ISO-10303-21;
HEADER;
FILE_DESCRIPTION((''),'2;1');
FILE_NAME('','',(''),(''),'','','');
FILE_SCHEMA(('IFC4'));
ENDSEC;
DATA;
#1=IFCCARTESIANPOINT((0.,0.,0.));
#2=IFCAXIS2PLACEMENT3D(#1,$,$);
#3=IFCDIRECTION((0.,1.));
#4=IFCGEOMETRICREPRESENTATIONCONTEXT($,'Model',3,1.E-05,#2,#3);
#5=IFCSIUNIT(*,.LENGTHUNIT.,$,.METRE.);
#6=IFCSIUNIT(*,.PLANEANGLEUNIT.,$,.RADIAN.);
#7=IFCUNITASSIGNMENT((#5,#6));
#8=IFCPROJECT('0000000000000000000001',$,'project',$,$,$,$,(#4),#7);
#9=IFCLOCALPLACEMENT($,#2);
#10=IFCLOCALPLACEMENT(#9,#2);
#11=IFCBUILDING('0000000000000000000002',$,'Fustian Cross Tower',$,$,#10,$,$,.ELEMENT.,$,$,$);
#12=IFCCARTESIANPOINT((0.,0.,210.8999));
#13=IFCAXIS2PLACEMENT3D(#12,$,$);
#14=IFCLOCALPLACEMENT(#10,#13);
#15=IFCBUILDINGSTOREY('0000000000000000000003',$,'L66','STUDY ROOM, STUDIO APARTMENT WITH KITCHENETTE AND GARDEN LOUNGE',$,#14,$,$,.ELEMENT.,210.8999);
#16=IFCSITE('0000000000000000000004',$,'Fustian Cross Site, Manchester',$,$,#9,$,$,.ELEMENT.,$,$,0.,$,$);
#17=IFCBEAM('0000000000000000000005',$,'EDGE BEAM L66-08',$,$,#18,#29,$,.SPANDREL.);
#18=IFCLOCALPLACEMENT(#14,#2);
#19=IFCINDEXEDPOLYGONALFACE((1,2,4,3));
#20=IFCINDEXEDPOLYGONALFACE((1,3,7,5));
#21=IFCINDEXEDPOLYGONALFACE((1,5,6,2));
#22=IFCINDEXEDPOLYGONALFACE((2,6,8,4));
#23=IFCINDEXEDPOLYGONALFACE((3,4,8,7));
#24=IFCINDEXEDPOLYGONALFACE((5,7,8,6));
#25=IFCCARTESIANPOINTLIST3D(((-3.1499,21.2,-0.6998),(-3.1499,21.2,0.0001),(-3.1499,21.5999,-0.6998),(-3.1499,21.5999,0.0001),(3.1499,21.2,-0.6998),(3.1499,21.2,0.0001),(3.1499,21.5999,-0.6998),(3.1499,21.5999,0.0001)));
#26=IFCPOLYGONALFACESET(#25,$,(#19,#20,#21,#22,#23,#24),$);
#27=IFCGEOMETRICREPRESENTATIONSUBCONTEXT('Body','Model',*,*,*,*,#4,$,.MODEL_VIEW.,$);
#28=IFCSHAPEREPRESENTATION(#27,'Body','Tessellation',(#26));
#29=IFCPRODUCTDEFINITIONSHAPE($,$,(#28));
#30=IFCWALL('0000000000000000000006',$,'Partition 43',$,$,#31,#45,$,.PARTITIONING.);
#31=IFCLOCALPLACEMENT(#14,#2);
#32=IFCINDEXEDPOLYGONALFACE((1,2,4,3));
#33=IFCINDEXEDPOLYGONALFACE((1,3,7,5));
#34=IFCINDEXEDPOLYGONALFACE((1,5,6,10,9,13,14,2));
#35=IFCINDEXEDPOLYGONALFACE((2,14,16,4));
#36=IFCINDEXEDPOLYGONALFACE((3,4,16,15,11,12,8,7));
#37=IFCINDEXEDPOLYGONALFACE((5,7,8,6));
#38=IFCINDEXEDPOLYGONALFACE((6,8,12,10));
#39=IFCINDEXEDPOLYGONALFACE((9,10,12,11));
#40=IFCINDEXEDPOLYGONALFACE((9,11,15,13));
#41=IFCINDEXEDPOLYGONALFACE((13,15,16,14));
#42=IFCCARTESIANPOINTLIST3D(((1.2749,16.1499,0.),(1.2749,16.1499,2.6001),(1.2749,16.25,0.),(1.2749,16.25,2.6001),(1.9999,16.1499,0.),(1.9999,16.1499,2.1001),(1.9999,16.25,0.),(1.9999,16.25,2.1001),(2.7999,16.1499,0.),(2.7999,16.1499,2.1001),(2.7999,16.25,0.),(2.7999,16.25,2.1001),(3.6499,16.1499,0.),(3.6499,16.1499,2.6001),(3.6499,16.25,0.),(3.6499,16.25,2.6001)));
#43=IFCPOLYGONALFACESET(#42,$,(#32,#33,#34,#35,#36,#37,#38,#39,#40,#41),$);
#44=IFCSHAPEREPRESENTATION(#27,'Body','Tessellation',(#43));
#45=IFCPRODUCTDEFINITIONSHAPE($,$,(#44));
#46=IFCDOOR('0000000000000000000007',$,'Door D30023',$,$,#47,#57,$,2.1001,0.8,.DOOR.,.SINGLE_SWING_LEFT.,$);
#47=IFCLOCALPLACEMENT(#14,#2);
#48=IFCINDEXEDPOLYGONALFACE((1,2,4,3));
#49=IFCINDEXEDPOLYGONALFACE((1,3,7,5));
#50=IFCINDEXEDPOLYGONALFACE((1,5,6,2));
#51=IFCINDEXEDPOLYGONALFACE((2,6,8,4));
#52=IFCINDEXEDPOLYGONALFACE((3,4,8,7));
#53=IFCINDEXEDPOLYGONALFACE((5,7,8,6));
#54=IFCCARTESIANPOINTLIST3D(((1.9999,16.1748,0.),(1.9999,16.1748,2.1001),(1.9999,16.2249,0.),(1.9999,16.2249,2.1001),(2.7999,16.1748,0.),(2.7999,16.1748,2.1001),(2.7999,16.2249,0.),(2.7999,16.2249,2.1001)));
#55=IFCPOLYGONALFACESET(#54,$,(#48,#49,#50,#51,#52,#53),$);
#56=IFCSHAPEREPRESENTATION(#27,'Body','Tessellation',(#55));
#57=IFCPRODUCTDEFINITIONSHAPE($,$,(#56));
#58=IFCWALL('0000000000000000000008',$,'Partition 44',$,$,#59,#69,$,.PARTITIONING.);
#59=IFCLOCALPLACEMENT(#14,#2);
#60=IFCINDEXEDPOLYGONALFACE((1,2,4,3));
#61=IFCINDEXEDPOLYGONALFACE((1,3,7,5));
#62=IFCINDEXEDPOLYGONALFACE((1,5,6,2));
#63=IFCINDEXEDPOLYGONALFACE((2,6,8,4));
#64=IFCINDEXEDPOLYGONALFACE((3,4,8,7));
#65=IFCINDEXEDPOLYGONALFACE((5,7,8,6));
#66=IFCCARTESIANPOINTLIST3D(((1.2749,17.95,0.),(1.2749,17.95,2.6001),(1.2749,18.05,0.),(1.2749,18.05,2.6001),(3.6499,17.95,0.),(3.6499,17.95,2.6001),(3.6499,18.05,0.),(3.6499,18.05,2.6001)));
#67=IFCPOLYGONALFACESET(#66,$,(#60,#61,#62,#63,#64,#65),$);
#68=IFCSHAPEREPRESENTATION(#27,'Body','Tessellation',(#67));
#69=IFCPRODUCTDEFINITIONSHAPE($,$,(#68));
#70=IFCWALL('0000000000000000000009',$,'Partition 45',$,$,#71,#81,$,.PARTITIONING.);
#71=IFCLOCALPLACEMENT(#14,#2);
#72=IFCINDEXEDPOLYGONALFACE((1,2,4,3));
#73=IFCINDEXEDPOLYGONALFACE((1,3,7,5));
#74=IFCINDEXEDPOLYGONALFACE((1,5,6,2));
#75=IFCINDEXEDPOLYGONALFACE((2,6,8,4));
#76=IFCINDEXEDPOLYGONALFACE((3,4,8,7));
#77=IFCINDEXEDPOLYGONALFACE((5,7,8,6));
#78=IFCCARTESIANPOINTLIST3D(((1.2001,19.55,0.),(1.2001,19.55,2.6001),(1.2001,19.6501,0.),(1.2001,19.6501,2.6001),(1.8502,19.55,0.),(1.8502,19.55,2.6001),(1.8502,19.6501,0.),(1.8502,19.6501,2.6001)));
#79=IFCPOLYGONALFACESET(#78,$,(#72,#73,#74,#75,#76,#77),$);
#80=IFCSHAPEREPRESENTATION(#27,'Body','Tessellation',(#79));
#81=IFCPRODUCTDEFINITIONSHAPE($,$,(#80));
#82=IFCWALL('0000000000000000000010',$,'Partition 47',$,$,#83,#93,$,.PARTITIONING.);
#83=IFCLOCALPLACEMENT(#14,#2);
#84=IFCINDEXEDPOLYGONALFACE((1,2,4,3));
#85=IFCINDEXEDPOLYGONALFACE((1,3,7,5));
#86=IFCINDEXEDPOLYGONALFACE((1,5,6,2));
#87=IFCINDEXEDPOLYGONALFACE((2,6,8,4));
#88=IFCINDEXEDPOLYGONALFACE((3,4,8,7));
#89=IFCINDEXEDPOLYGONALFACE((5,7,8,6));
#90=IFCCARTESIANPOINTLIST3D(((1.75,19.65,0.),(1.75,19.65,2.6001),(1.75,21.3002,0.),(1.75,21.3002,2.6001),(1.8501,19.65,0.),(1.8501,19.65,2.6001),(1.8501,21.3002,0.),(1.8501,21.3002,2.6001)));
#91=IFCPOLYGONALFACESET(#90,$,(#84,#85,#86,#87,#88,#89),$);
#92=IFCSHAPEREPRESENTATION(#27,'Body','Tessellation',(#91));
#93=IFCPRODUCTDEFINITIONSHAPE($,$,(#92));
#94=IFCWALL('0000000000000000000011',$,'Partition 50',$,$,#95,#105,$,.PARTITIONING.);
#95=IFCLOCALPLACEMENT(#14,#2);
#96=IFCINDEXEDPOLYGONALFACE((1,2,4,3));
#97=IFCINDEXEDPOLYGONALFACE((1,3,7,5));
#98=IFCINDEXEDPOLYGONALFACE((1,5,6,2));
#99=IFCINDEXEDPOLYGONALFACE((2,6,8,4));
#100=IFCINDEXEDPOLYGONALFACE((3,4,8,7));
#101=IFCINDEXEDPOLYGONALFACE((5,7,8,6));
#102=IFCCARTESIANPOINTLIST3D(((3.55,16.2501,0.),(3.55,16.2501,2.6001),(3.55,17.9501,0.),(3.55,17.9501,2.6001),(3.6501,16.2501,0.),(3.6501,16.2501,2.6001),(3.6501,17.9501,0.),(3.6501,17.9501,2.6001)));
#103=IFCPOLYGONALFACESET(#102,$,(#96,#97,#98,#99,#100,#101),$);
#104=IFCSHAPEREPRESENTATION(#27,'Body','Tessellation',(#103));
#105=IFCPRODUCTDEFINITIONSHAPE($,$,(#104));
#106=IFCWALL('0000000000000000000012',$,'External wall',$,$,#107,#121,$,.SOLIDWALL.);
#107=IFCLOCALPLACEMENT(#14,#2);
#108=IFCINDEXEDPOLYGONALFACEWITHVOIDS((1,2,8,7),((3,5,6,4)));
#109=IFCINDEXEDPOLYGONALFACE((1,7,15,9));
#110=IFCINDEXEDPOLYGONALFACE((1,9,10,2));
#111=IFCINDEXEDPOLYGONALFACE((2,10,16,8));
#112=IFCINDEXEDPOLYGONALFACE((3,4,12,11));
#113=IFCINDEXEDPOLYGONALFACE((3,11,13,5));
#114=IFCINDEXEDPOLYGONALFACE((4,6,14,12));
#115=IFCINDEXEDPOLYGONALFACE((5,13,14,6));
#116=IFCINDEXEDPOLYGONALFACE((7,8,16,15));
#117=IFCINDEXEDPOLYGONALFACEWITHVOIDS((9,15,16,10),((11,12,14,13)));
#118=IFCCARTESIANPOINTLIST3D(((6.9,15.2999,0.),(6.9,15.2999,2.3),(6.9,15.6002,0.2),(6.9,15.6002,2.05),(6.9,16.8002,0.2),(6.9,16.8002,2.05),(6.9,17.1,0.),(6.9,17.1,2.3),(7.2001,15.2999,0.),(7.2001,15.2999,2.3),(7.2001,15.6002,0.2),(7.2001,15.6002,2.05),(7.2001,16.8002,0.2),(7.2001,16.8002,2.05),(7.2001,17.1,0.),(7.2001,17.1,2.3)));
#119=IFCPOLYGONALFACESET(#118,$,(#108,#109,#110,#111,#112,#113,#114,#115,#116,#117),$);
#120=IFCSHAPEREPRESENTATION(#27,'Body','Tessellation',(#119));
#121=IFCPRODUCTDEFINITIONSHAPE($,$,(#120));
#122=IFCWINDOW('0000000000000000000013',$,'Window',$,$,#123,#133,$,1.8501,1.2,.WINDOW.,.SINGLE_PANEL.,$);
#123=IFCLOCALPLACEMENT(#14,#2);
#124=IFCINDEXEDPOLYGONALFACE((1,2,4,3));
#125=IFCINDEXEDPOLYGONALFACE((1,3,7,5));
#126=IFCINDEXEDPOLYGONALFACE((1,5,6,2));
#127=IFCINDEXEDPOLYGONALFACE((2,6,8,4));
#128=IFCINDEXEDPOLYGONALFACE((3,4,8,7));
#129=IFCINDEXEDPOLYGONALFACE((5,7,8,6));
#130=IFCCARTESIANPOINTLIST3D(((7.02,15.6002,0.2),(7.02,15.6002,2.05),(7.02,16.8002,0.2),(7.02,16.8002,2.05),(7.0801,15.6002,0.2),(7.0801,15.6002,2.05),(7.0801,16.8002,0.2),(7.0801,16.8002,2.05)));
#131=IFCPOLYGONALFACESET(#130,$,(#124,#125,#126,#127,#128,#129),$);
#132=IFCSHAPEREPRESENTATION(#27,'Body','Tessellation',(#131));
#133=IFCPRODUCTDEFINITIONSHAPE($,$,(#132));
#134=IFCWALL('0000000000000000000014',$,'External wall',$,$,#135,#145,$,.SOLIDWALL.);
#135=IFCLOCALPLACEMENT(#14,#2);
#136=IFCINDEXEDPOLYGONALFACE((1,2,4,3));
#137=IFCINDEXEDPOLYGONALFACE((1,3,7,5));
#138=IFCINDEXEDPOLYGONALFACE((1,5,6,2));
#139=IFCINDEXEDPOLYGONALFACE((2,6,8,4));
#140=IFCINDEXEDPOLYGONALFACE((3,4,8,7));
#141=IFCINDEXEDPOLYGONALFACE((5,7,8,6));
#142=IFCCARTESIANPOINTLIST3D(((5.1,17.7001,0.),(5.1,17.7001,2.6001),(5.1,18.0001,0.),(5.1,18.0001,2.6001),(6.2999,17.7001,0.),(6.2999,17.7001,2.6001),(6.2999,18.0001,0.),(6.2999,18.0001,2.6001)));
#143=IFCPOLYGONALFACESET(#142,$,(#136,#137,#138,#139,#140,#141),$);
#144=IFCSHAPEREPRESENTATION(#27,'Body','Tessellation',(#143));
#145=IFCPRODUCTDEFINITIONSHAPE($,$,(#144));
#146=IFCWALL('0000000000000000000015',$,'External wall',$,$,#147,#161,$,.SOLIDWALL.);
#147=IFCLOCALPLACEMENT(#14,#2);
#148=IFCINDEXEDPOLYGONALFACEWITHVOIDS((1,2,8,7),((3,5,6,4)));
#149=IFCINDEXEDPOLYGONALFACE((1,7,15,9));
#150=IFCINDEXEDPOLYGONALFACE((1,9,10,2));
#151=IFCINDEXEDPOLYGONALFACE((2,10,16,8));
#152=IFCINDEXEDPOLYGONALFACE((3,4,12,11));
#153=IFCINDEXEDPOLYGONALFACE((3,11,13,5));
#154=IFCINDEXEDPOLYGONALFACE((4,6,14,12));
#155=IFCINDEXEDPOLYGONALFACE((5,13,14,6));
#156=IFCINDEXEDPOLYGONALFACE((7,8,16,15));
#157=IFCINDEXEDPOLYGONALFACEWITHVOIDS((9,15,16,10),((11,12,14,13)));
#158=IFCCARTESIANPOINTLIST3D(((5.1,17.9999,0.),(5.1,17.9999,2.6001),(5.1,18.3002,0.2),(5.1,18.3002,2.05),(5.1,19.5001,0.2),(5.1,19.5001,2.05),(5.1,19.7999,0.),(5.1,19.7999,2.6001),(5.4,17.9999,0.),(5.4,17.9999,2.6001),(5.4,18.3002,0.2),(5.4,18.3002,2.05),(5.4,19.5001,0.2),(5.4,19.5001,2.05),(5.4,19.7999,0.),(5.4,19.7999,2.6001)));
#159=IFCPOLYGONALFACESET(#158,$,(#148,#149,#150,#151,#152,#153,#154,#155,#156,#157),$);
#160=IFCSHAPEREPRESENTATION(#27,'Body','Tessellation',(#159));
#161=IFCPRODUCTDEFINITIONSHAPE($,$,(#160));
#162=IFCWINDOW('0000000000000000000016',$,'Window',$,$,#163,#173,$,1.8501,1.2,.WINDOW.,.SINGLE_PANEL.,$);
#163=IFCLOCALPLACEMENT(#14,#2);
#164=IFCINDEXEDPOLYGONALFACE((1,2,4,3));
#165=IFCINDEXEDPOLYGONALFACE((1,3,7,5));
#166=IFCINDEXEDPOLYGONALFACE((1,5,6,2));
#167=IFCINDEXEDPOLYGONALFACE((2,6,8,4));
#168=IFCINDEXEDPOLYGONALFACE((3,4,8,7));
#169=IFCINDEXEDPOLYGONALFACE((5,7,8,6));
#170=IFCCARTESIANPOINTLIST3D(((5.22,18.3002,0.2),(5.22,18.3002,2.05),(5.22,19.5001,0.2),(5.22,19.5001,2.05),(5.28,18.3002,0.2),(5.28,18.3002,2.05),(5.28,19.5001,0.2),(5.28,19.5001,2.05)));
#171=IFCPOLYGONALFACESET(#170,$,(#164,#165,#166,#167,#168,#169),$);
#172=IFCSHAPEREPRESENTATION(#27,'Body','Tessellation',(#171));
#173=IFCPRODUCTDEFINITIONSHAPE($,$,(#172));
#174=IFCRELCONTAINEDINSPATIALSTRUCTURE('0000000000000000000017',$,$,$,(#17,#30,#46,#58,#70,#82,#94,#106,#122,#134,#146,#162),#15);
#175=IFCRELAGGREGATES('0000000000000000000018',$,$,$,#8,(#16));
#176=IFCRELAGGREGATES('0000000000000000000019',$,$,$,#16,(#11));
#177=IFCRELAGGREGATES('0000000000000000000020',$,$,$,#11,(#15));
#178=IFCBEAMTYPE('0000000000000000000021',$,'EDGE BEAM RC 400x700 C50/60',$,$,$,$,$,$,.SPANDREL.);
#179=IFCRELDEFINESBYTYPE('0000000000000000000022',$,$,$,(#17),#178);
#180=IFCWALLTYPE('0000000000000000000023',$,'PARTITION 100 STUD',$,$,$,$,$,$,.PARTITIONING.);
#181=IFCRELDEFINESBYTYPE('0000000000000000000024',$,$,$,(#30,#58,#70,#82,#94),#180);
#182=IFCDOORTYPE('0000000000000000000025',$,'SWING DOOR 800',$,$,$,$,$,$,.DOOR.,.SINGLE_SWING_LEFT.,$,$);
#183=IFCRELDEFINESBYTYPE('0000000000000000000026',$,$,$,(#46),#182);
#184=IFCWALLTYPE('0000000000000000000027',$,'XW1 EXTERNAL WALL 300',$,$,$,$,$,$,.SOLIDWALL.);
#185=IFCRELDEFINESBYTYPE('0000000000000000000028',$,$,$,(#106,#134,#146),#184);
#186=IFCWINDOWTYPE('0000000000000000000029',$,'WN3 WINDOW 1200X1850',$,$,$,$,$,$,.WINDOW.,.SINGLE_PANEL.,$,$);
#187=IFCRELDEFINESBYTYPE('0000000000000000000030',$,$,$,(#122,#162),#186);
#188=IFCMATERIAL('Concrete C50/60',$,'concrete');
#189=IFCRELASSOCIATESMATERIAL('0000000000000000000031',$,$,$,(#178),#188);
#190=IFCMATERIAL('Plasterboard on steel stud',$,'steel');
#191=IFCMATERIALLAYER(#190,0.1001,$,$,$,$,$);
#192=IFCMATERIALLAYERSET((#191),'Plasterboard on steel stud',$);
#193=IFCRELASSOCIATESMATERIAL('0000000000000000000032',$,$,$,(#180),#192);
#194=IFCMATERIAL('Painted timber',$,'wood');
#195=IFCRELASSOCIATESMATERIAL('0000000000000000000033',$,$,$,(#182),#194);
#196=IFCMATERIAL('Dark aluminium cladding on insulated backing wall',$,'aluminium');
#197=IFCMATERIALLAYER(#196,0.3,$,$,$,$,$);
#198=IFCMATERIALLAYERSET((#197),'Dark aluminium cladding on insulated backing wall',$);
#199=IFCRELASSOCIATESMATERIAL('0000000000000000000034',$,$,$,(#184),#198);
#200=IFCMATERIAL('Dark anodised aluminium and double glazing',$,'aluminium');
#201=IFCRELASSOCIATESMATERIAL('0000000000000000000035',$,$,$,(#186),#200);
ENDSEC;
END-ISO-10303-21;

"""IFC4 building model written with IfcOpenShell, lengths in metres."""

from ifc_helpers import new_model, si_unit, direction, frame, frame_2d, origin, origin_2d, place, context, subcontext, project, spatial, rectangle, extrude, material, layer, layer_set, material_profile, profile_set, type_object, element, fill, save


model = new_model("IFC4")

# Units and contexts
model_context = context("Model", 3, precision=1e-05, world=origin(), true_north=direction((0.0, 1.0)))
body_context = subcontext(model_context, "Body", "Model", "MODEL_VIEW")
ifc_project = project(units=[si_unit("LENGTHUNIT", "METRE"), si_unit("PLANEANGLEUNIT", "RADIAN")], contexts=[model_context])

# Site, building, storey
site_placement = place(None, origin())
site = spatial("IfcSite", under=ifc_project, at=site_placement, Name="Fustian Cross Site, Manchester", CompositionType="ELEMENT", RefElevation=0.0)
building_placement = place(site_placement, origin())
building = spatial("IfcBuilding", under=site, at=building_placement, Name="Fustian Cross Tower", CompositionType="ELEMENT")
storey_placement = place(building_placement, frame((0.0, 0.0, 210.8999)))
storey = spatial("IfcBuildingStorey", under=building, at=storey_placement, Name="L66", Description="STUDY ROOM, STUDIO APARTMENT WITH KITCHENETTE AND GARDEN LOUNGE", CompositionType="ELEMENT", Elevation=210.8999)

# Beam
ifc_material_1 = material(Name="Concrete C50/60", Category="concrete")
ifc_material_profile_1 = material_profile(ifc_material_1, rectangle(XDim=0.3999, YDim=0.7, at=origin_2d()), Name="RC 400x700")
ifc_profile_set_1 = profile_set([ifc_material_profile_1], Name="Concrete C50/60")
beam_type = type_object("IfcBeamType", Name="EDGE BEAM RC 400x700 C50/60", PredefinedType="SPANDREL", material=ifc_profile_set_1)
beam_1_placement = place(storey_placement, frame((3.1499, 21.3999, -0.3499), z_axis=(-1.0, 0.0, 0.0), x_axis=(0.0, -1.0, 0.0)))
element("IfcBeam", 1, at=beam_1_placement, inside=storey, type_object=beam_type, Name="EDGE BEAM L66-08", PredefinedType="SPANDREL", context=body_context, shape_type="SweptSolid", body=[
    extrude(rectangle(XDim=0.3999, YDim=0.7, at=origin_2d()), origin(), (0.0, 0.0, 1.0), 6.2998),
])

# Wall, opening, door
ifc_material_2 = material(Name="Plasterboard on steel stud", Category="steel")
ifc_layer_1 = layer(ifc_material_2, 0.1001)
ifc_layer_set_1 = layer_set([ifc_layer_1], Name="Plasterboard on steel stud")
wall_type_1 = type_object("IfcWallType", Name="PARTITION 100 STUD", PredefinedType="PARTITIONING", material=ifc_layer_set_1)
wall_1_placement = place(storey_placement, frame((1.2749, 16.2, 0.0), z_axis=(0.0, 0.0, 1.0), x_axis=(1.0, 0.0, 0.0)))
wall_1 = element("IfcWall", 2, at=wall_1_placement, inside=storey, type_object=wall_type_1, Name="Partition 43", PredefinedType="PARTITIONING", context=body_context, shape_type="SweptSolid", body=[
    extrude(rectangle(XDim=2.375, YDim=0.1001, at=frame_2d((1.1875, 0.0))), origin(), (0.0, 0.0, 1.0), 2.6001),
])
opening_1_placement = place(wall_1_placement, frame((0.7251, 0.0, 0.0)))
opening_1 = element("IfcOpeningElement", 3, at=opening_1_placement, cuts=wall_1, PredefinedType="OPENING", context=body_context, shape_type="SweptSolid", body=[
    extrude(rectangle(XDim=0.8, YDim=2.1001, at=frame_2d((0.3999, 1.05))), frame((0.0, 0.0601, 0.0), z_axis=(0.0, -1.0, 0.0), x_axis=(1.0, 0.0, 0.0)), (0.0, 0.0, 1.0), 0.1201),
])
ifc_material_3 = material(Name="Painted timber", Category="wood")
door_type = type_object("IfcDoorType", Name="SWING DOOR 800", OperationType="SINGLE_SWING_LEFT", PredefinedType="DOOR", material=ifc_material_3)
door_placement = place(opening_1_placement, origin())
door = element("IfcDoor", 4, at=door_placement, inside=storey, type_object=door_type, Name="Door D30023", OperationType="SINGLE_SWING_LEFT", OverallHeight=2.1001, OverallWidth=0.8, PredefinedType="DOOR", context=body_context, shape_type="SweptSolid", body=[
    extrude(rectangle(XDim=0.8, YDim=2.1001, at=frame_2d((0.3999, 1.05))), frame((0.0, 0.0249, 0.0), z_axis=(0.0, -1.0, 0.0), x_axis=(1.0, 0.0, 0.0)), (0.0, 0.0, 1.0), 0.05),
])
fill(opening_1, door)

# Walls
wall_2_placement = place(storey_placement, frame((1.2749, 18.0, 0.0), z_axis=(0.0, 0.0, 1.0), x_axis=(1.0, 0.0, 0.0)))
element("IfcWall", 5, at=wall_2_placement, inside=storey, type_object=wall_type_1, Name="Partition 44", PredefinedType="PARTITIONING", context=body_context, shape_type="SweptSolid", body=[
    extrude(rectangle(XDim=2.375, YDim=0.1001, at=frame_2d((1.1875, 0.0))), origin(), (0.0, 0.0, 1.0), 2.6001),
])
wall_3_placement = place(storey_placement, frame((1.2, 19.6001, 0.0), z_axis=(0.0, 0.0, 1.0), x_axis=(1.0, 0.0, 0.0)))
element("IfcWall", 6, at=wall_3_placement, inside=storey, type_object=wall_type_1, Name="Partition 45", PredefinedType="PARTITIONING", context=body_context, shape_type="SweptSolid", body=[
    extrude(rectangle(XDim=0.6501, YDim=0.1001, at=frame_2d((0.3252, 0.0))), origin(), (0.0, 0.0, 1.0), 2.6001),
])
wall_4_placement = place(storey_placement, frame((1.8, 19.6499, 0.0), z_axis=(0.0, 0.0, 1.0), x_axis=(0.0, 1.0, 0.0)))
element("IfcWall", 7, at=wall_4_placement, inside=storey, type_object=wall_type_1, Name="Partition 47", PredefinedType="PARTITIONING", context=body_context, shape_type="SweptSolid", body=[
    extrude(rectangle(XDim=1.6501, YDim=0.1001, at=frame_2d((0.8252, 0.0))), origin(), (0.0, 0.0, 1.0), 2.6001),
])
wall_5_placement = place(storey_placement, frame((3.6001, 16.25, 0.0), z_axis=(0.0, 0.0, 1.0), x_axis=(0.0, 1.0, 0.0)))
element("IfcWall", 8, at=wall_5_placement, inside=storey, type_object=wall_type_1, Name="Partition 50", PredefinedType="PARTITIONING", context=body_context, shape_type="SweptSolid", body=[
    extrude(rectangle(XDim=1.7, YDim=0.1001, at=frame_2d((0.8501, 0.0))), origin(), (0.0, 0.0, 1.0), 2.6001),
])

# Wall, opening, window
ifc_material_4 = material(Name="Dark aluminium cladding on insulated backing wall", Category="aluminium")
ifc_layer_2 = layer(ifc_material_4, 0.3)
ifc_layer_set_2 = layer_set([ifc_layer_2], Name="Dark aluminium cladding on insulated backing wall")
wall_type_2 = type_object("IfcWallType", Name="XW1 EXTERNAL WALL 300", PredefinedType="SOLIDWALL", material=ifc_layer_set_2)
wall_6_placement = place(storey_placement, frame((7.05, 15.3, 0.0), z_axis=(0.0, 0.0, 1.0), x_axis=(0.0, 1.0, 0.0)))
wall_6 = element("IfcWall", 9, at=wall_6_placement, inside=storey, type_object=wall_type_2, Name="External wall", PredefinedType="SOLIDWALL", context=body_context, shape_type="SweptSolid", body=[
    extrude(rectangle(XDim=1.8, YDim=0.3, at=frame_2d((0.8999, 0.0))), origin(), (0.0, 0.0, 1.0), 2.3),
])
opening_2_placement = place(wall_6_placement, frame((0.3, 0.0, 0.2)))
opening_2 = element("IfcOpeningElement", 10, at=opening_2_placement, cuts=wall_6, PredefinedType="OPENING", context=body_context, shape_type="SweptSolid", body=[
    extrude(rectangle(XDim=1.2, YDim=1.8501, at=frame_2d((0.6001, 0.925))), frame((0.0, 0.1599, 0.0), z_axis=(0.0, -1.0, 0.0), x_axis=(1.0, 0.0, 0.0)), (0.0, 0.0, 1.0), 0.3201),
])
ifc_material_5 = material(Name="Dark anodised aluminium and double glazing", Category="aluminium")
window_type_1 = type_object("IfcWindowType", Name="WN3 WINDOW 1200X1850", PartitioningType="SINGLE_PANEL", PredefinedType="WINDOW", material=ifc_material_5)
window_1_placement = place(opening_2_placement, origin())
window_1 = element("IfcWindow", 11, at=window_1_placement, inside=storey, type_object=window_type_1, Name="Window", OverallHeight=1.8501, OverallWidth=1.2, PartitioningType="SINGLE_PANEL", PredefinedType="WINDOW", context=body_context, shape_type="SweptSolid", body=[
    extrude(rectangle(XDim=1.2, YDim=1.8501, at=frame_2d((0.6001, 0.925))), frame((0.0, 0.03, 0.0), z_axis=(0.0, -1.0, 0.0), x_axis=(1.0, 0.0, 0.0)), (0.0, 0.0, 1.0), 0.0601),
])
fill(opening_2, window_1)

# Wall
wall_7_placement = place(storey_placement, frame((6.3, 17.8501, 0.0), z_axis=(0.0, 0.0, 1.0), x_axis=(-1.0, 0.0, 0.0)))
element("IfcWall", 12, at=wall_7_placement, inside=storey, type_object=wall_type_2, Name="External wall", PredefinedType="SOLIDWALL", context=body_context, shape_type="SweptSolid", body=[
    extrude(rectangle(XDim=1.2, YDim=0.3, at=frame_2d((0.6001, 0.0))), origin(), (0.0, 0.0, 1.0), 2.6001),
])

# Wall, opening, window
wall_8_placement = place(storey_placement, frame((5.25, 18.0, 0.0), z_axis=(0.0, 0.0, 1.0), x_axis=(0.0, 1.0, 0.0)))
wall_8 = element("IfcWall", 13, at=wall_8_placement, inside=storey, type_object=wall_type_2, Name="External wall", PredefinedType="SOLIDWALL", context=body_context, shape_type="SweptSolid", body=[
    extrude(rectangle(XDim=1.8, YDim=0.3, at=frame_2d((0.8999, 0.0))), origin(), (0.0, 0.0, 1.0), 2.6001),
])
opening_3_placement = place(wall_8_placement, frame((0.3, 0.0, 0.2)))
opening_3 = element("IfcOpeningElement", 14, at=opening_3_placement, cuts=wall_8, PredefinedType="OPENING", context=body_context, shape_type="SweptSolid", body=[
    extrude(rectangle(XDim=1.2, YDim=1.8501, at=frame_2d((0.6001, 0.925))), frame((0.0, 0.1599, 0.0), z_axis=(0.0, -1.0, 0.0), x_axis=(1.0, 0.0, 0.0)), (0.0, 0.0, 1.0), 0.3201),
])
window_2_placement = place(opening_3_placement, origin())
window_2 = element("IfcWindow", 15, at=window_2_placement, inside=storey, type_object=window_type_1, Name="Window", OverallHeight=1.8501, OverallWidth=1.2, PartitioningType="SINGLE_PANEL", PredefinedType="WINDOW", context=body_context, shape_type="SweptSolid", body=[
    extrude(rectangle(XDim=1.2, YDim=1.8501, at=frame_2d((0.6001, 0.925))), frame((0.0, 0.03, 0.0), z_axis=(0.0, -1.0, 0.0), x_axis=(1.0, 0.0, 0.0)), (0.0, 0.0, 1.0), 0.0601),
])
fill(opening_3, window_2)

save(model, "model.ifc")
